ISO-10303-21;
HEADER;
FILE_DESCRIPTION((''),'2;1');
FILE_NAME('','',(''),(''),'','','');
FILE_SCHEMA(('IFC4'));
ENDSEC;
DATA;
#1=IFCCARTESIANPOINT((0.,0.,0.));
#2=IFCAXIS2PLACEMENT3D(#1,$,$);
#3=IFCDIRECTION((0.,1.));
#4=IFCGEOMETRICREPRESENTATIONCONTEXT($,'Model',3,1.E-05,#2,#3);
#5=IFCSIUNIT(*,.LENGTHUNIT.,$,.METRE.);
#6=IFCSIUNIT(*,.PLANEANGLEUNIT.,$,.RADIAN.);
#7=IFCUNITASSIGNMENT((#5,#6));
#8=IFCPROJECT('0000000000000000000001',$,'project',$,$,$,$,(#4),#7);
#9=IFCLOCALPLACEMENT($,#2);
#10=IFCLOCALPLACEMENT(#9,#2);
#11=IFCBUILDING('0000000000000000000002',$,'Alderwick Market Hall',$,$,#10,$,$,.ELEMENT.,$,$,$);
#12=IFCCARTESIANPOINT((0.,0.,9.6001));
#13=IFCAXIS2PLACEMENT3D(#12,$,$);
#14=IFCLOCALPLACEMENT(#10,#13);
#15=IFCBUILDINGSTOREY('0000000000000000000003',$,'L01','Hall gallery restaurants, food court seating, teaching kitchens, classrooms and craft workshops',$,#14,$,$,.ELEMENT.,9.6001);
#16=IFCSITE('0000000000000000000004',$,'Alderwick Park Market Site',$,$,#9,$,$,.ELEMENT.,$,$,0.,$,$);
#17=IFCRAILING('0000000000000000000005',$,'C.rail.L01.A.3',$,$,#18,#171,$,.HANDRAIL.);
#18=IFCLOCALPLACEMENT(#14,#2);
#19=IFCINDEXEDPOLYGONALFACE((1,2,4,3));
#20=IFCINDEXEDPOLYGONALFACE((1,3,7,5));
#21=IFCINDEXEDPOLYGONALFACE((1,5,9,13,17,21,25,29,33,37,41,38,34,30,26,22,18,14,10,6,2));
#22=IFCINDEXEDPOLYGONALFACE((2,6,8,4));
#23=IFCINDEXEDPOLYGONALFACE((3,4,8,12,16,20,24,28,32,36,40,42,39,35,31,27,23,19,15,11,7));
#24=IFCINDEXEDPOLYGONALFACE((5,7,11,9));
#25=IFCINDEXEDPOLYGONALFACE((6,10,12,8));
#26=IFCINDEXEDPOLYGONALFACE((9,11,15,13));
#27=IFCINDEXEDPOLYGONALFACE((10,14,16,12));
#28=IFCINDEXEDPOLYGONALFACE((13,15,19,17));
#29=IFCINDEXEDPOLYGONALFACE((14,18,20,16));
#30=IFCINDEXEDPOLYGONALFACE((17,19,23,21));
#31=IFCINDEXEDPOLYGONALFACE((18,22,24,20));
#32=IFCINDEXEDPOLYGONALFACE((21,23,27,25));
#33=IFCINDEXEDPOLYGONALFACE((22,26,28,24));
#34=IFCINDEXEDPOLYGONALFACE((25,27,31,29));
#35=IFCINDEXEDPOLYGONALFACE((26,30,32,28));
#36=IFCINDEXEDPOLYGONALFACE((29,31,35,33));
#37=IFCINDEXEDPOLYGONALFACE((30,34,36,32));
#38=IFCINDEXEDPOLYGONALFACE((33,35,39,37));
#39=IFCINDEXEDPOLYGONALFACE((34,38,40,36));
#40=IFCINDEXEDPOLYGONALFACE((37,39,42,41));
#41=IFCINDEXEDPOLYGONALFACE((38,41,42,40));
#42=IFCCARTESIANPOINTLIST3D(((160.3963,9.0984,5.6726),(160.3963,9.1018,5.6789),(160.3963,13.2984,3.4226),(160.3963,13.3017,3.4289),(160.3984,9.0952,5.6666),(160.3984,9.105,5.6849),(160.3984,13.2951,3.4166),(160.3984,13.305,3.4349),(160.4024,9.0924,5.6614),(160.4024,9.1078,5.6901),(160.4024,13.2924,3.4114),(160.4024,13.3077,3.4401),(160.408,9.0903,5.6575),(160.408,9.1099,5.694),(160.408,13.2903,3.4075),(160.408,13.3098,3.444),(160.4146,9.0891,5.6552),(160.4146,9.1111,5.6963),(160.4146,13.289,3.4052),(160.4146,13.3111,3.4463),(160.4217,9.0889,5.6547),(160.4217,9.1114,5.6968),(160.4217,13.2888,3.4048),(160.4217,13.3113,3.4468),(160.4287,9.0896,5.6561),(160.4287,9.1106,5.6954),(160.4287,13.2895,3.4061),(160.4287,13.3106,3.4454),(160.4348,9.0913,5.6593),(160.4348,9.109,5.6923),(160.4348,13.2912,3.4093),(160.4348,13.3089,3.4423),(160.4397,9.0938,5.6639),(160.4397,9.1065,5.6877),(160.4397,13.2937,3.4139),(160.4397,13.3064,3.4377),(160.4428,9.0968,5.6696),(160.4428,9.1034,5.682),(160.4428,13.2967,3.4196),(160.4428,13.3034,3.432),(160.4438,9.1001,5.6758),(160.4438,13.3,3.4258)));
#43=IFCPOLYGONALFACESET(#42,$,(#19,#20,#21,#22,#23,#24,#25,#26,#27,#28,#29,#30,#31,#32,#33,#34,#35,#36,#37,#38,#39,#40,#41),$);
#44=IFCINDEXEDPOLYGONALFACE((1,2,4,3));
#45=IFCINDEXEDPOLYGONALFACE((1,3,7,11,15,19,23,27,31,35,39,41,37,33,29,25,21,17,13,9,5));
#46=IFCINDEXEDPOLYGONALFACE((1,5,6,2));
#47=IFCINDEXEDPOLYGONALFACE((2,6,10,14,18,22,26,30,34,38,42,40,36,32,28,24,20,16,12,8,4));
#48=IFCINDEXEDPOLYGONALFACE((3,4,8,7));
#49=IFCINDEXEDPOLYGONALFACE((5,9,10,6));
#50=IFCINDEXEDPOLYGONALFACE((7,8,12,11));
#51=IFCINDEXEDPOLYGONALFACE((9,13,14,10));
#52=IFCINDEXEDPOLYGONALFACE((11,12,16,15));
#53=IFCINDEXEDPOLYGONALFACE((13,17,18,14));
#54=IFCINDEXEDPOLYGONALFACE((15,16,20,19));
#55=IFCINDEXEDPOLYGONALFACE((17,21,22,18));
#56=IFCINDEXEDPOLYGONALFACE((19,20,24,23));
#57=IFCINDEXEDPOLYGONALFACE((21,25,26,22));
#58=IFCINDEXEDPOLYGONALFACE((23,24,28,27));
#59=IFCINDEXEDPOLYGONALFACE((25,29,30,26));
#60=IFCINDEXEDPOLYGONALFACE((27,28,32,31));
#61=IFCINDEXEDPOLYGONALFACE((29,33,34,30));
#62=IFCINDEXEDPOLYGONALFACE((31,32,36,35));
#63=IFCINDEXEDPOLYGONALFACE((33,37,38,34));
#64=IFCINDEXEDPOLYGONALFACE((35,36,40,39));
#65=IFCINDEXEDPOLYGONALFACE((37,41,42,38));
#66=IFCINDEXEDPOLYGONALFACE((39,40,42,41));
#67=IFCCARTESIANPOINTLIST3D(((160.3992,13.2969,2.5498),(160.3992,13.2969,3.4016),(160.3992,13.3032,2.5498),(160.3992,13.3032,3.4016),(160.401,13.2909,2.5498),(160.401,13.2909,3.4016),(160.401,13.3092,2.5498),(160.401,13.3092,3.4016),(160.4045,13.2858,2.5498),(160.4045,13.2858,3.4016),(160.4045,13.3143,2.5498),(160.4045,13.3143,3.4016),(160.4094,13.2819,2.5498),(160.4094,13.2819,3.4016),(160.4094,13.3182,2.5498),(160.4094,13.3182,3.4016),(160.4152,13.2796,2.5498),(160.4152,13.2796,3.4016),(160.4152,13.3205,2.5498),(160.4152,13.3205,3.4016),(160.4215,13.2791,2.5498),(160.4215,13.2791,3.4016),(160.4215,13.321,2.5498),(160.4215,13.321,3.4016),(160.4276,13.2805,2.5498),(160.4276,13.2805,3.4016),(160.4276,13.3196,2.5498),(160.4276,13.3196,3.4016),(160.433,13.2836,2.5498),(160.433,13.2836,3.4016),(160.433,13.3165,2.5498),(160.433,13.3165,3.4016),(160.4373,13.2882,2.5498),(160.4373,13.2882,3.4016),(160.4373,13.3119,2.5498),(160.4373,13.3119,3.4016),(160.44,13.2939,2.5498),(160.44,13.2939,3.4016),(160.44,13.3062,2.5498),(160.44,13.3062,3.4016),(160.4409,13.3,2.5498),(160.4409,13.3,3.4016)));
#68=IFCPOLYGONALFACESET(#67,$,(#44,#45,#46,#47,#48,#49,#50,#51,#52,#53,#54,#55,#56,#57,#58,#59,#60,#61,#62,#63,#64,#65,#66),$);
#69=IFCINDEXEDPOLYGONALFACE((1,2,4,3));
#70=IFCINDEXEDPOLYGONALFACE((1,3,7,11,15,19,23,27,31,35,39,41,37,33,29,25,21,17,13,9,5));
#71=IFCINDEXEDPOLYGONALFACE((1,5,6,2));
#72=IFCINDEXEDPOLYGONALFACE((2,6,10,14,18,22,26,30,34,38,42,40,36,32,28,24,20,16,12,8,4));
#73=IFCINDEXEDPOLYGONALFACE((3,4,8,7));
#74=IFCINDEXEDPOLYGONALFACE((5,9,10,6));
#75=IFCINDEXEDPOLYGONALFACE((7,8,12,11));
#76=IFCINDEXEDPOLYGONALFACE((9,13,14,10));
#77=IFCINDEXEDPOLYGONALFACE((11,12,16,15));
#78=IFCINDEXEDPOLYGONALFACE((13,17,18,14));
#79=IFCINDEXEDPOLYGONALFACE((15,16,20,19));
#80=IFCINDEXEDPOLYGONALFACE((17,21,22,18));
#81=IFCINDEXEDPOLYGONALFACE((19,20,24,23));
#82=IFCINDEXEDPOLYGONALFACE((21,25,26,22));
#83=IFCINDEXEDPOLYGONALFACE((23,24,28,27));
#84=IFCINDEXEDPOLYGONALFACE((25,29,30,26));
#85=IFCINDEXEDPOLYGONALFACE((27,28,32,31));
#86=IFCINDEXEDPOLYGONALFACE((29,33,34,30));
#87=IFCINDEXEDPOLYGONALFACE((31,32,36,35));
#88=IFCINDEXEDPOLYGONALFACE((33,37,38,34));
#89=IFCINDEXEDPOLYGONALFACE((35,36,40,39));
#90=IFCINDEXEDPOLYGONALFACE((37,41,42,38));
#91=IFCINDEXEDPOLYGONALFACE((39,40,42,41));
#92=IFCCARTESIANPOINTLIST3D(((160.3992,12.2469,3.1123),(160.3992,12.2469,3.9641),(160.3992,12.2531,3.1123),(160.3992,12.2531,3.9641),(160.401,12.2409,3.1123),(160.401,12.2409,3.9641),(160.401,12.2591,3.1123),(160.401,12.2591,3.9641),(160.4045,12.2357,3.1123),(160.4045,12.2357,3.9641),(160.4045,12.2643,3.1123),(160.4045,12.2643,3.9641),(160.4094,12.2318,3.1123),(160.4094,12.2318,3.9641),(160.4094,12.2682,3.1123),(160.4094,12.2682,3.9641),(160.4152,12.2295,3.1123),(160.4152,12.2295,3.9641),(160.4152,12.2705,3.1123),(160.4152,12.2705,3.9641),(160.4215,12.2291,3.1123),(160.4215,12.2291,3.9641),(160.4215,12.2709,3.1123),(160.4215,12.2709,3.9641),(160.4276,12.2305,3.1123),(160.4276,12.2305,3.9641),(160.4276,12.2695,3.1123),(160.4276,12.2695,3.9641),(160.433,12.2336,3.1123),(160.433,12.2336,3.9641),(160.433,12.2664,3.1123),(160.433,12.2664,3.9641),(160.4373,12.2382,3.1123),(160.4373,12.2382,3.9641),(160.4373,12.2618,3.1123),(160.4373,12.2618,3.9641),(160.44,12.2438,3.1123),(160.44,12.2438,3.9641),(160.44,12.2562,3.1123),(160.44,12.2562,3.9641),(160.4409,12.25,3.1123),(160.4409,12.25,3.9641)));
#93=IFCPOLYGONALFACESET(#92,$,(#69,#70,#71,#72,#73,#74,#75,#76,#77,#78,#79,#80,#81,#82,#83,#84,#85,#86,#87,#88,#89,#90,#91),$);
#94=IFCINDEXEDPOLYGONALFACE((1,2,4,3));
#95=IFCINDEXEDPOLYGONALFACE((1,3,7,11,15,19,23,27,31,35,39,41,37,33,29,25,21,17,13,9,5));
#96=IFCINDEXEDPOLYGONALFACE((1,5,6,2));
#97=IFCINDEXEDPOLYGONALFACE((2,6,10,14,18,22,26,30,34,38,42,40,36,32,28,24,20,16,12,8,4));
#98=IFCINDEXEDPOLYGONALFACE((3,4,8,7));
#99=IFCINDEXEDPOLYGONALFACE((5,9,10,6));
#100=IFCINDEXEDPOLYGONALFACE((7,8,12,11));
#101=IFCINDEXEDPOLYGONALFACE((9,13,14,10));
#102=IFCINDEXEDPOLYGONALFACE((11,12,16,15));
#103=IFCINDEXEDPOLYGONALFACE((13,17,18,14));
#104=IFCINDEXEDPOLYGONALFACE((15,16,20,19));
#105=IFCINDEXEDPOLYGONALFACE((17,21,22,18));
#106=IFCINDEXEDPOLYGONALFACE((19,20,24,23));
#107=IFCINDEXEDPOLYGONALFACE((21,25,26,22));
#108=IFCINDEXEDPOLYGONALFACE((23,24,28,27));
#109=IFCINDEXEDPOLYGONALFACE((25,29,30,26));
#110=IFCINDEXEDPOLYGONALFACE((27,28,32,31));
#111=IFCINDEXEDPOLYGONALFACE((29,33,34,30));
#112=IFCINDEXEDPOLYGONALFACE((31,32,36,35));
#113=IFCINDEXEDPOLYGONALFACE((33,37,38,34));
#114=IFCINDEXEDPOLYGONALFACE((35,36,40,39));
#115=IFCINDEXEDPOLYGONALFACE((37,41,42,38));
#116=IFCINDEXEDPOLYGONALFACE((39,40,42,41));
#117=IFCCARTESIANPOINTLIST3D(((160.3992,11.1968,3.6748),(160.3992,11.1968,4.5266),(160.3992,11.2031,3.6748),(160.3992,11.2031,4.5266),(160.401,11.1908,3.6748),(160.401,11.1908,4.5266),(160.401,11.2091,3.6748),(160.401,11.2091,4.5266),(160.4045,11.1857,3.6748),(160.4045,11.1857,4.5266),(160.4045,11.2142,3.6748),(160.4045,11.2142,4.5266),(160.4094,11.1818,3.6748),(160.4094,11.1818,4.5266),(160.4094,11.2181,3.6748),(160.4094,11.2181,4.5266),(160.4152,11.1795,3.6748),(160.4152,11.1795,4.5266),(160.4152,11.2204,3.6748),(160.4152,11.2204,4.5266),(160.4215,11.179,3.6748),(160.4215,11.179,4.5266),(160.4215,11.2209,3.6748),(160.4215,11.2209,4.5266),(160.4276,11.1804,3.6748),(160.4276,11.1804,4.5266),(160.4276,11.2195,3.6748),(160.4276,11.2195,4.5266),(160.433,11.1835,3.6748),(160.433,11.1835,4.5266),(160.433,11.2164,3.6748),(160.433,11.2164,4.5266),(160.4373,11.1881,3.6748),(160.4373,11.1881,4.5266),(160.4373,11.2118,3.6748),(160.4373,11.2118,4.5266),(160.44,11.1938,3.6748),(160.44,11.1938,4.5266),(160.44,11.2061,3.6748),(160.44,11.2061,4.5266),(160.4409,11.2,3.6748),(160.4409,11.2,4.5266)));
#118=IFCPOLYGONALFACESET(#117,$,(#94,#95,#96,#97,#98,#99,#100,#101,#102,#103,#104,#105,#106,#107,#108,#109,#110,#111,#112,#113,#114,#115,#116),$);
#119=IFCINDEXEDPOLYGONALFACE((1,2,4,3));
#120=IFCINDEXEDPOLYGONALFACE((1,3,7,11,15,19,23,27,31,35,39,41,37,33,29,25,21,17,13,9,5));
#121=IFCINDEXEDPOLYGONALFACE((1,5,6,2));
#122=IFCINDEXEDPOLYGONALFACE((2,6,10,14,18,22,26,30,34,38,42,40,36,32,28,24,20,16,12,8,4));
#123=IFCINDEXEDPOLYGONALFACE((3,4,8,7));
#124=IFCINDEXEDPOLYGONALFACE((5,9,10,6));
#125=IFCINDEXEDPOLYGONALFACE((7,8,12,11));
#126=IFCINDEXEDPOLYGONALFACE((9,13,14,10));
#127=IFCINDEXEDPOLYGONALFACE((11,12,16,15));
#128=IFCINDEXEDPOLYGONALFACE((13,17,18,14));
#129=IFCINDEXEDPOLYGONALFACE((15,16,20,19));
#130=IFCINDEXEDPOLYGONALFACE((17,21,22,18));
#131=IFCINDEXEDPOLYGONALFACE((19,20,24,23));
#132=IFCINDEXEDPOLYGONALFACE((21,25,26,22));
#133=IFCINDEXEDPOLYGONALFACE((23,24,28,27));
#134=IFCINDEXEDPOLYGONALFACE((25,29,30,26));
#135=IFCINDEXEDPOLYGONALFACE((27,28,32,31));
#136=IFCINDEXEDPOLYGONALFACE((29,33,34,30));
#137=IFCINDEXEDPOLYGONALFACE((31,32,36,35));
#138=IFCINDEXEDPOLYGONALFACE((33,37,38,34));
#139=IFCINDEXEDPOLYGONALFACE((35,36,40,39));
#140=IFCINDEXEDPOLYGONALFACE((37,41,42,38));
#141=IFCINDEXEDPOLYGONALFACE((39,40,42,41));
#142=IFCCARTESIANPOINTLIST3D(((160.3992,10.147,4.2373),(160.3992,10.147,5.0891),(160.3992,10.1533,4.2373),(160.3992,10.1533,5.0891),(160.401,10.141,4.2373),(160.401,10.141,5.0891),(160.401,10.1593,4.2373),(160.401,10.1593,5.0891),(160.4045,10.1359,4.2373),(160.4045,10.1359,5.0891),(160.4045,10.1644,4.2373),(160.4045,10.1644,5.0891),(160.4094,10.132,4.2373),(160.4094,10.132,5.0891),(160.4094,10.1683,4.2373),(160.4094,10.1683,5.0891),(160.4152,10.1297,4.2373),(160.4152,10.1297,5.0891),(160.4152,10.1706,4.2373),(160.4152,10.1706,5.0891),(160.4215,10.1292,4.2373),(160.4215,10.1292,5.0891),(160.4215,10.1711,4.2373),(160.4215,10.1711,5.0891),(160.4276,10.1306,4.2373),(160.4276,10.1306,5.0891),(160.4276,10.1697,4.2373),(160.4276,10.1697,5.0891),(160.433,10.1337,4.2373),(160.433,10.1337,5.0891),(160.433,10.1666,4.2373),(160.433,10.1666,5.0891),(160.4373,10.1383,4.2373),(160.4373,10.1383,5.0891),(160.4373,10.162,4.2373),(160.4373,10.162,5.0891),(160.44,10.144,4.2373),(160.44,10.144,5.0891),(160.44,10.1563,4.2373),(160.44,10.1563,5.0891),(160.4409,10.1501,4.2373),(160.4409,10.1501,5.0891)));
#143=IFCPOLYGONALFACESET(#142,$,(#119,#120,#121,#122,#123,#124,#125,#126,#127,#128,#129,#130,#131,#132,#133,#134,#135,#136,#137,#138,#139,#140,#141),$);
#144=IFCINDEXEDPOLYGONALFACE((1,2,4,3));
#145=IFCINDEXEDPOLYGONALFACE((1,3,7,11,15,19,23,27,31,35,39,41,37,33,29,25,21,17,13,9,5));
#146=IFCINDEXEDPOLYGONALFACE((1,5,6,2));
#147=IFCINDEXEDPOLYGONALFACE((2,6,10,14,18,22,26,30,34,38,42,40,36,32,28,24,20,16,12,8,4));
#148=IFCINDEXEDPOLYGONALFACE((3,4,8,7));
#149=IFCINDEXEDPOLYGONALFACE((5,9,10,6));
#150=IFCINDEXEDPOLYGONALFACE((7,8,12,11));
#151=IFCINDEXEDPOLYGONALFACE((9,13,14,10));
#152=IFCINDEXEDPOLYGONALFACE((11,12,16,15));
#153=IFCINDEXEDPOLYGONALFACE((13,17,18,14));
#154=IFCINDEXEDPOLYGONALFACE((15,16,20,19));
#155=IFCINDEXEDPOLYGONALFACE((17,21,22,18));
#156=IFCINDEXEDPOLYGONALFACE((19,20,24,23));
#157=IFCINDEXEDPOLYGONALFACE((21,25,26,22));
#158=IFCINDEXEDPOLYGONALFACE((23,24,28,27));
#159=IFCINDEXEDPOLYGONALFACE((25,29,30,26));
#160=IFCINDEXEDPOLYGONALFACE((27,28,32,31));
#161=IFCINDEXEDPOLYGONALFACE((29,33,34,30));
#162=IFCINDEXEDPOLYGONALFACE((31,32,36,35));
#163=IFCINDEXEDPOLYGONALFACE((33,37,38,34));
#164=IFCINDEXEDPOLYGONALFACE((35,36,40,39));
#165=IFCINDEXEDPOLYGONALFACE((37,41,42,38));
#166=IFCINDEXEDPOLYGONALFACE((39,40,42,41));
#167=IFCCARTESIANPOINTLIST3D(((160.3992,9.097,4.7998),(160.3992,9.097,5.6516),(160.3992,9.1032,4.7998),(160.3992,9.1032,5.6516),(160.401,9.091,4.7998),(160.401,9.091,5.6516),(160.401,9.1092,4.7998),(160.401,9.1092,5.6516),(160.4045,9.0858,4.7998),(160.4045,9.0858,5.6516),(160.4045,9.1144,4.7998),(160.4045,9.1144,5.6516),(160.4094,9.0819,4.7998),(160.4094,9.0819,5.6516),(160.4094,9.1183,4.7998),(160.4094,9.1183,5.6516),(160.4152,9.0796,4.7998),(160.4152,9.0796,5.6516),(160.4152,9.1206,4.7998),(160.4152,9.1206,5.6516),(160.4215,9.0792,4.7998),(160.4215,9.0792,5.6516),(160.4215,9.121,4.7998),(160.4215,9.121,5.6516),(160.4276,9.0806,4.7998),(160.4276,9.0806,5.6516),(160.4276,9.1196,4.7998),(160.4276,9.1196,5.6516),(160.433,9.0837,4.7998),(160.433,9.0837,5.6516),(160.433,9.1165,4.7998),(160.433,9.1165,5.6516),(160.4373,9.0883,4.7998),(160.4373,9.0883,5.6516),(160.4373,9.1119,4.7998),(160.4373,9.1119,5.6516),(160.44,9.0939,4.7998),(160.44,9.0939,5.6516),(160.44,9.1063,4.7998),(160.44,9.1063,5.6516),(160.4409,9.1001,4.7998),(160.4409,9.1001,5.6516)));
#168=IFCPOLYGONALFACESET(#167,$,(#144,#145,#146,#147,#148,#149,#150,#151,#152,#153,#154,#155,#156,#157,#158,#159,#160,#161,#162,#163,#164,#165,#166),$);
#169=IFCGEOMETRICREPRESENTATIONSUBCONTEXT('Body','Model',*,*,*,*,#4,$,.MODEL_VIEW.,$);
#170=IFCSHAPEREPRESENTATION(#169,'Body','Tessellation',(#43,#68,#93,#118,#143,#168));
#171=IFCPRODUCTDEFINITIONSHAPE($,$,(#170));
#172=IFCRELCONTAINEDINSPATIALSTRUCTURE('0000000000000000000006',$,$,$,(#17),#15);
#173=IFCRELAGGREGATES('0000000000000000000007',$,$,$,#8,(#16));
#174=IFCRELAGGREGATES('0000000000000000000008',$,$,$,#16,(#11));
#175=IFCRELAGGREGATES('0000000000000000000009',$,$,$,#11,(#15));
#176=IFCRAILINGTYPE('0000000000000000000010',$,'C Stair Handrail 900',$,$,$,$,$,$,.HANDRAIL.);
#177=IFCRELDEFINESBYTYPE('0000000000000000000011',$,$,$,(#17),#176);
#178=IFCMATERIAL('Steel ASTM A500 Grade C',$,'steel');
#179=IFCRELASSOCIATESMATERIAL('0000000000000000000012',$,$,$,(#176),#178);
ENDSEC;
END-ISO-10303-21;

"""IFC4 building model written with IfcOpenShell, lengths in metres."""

from ifc_helpers import new_model, si_unit, direction, frame, origin, origin_2d, place, context, subcontext, project, spatial, circle, extrude, material, type_object, element, save


model = new_model("IFC4")

# Units and contexts
model_context = context("Model", 3, precision=1e-05, world=origin(), true_north=direction((0.0, 1.0)))
body_context = subcontext(model_context, "Body", "Model", "MODEL_VIEW")
ifc_project = project(units=[si_unit("LENGTHUNIT", "METRE"), si_unit("PLANEANGLEUNIT", "RADIAN")], contexts=[model_context])

# Site, building, storey
site_placement = place(None, origin())
site = spatial("IfcSite", under=ifc_project, at=site_placement, Name="Alderwick Park Market Site", CompositionType="ELEMENT", RefElevation=0.0)
building_placement = place(site_placement, origin())
building = spatial("IfcBuilding", under=site, at=building_placement, Name="Alderwick Market Hall", CompositionType="ELEMENT")
storey_placement = place(building_placement, frame((0.0, 0.0, 9.6001)))
storey = spatial("IfcBuildingStorey", under=building, at=storey_placement, Name="L01", Description="Hall gallery restaurants, food court seating, teaching kitchens, classrooms and craft workshops", CompositionType="ELEMENT", Elevation=9.6001)

# Railing
ifc_material_1 = material(Name="Steel ASTM A500 Grade C", Category="steel")
railing_type = type_object("IfcRailingType", Name="C Stair Handrail 900", PredefinedType="HANDRAIL", material=ifc_material_1)
for number, where, name in (
    (1, (160.4199, 13.3, 2.5498), "C.rail.L01.A.3"),
):
    element("IfcRailing", number, at=place(storey_placement, frame(where)), inside=storey, type_object=railing_type, Name=name, PredefinedType="HANDRAIL", context=body_context, shape_type="SweptSolid", body=[
        extrude(circle(Radius=0.0239, at=origin_2d()), frame((0.0, 0.0, 0.876), z_axis=(0.0, -0.881478, 0.472226), x_axis=(1.0, 0.0, 0.0)), (0.0, 0.0, 1.0), 4.7646),
        extrude(circle(Radius=0.021, at=origin_2d()), origin(), (0.0, 0.0, 1.0), 0.8518),
        extrude(circle(Radius=0.021, at=origin_2d()), frame((0.0, -1.05, 0.5625)), (0.0, 0.0, 1.0), 0.8518),
        extrude(circle(Radius=0.021, at=origin_2d()), frame((0.0, -2.1001, 1.125)), (0.0, 0.0, 1.0), 0.8518),
        extrude(circle(Radius=0.021, at=origin_2d()), frame((0.0, -3.1499, 1.6875)), (0.0, 0.0, 1.0), 0.8518),
        extrude(circle(Radius=0.021, at=origin_2d()), frame((0.0, -4.2, 2.25)), (0.0, 0.0, 1.0), 0.8518),
    ])

save(model, "model.ifc")
